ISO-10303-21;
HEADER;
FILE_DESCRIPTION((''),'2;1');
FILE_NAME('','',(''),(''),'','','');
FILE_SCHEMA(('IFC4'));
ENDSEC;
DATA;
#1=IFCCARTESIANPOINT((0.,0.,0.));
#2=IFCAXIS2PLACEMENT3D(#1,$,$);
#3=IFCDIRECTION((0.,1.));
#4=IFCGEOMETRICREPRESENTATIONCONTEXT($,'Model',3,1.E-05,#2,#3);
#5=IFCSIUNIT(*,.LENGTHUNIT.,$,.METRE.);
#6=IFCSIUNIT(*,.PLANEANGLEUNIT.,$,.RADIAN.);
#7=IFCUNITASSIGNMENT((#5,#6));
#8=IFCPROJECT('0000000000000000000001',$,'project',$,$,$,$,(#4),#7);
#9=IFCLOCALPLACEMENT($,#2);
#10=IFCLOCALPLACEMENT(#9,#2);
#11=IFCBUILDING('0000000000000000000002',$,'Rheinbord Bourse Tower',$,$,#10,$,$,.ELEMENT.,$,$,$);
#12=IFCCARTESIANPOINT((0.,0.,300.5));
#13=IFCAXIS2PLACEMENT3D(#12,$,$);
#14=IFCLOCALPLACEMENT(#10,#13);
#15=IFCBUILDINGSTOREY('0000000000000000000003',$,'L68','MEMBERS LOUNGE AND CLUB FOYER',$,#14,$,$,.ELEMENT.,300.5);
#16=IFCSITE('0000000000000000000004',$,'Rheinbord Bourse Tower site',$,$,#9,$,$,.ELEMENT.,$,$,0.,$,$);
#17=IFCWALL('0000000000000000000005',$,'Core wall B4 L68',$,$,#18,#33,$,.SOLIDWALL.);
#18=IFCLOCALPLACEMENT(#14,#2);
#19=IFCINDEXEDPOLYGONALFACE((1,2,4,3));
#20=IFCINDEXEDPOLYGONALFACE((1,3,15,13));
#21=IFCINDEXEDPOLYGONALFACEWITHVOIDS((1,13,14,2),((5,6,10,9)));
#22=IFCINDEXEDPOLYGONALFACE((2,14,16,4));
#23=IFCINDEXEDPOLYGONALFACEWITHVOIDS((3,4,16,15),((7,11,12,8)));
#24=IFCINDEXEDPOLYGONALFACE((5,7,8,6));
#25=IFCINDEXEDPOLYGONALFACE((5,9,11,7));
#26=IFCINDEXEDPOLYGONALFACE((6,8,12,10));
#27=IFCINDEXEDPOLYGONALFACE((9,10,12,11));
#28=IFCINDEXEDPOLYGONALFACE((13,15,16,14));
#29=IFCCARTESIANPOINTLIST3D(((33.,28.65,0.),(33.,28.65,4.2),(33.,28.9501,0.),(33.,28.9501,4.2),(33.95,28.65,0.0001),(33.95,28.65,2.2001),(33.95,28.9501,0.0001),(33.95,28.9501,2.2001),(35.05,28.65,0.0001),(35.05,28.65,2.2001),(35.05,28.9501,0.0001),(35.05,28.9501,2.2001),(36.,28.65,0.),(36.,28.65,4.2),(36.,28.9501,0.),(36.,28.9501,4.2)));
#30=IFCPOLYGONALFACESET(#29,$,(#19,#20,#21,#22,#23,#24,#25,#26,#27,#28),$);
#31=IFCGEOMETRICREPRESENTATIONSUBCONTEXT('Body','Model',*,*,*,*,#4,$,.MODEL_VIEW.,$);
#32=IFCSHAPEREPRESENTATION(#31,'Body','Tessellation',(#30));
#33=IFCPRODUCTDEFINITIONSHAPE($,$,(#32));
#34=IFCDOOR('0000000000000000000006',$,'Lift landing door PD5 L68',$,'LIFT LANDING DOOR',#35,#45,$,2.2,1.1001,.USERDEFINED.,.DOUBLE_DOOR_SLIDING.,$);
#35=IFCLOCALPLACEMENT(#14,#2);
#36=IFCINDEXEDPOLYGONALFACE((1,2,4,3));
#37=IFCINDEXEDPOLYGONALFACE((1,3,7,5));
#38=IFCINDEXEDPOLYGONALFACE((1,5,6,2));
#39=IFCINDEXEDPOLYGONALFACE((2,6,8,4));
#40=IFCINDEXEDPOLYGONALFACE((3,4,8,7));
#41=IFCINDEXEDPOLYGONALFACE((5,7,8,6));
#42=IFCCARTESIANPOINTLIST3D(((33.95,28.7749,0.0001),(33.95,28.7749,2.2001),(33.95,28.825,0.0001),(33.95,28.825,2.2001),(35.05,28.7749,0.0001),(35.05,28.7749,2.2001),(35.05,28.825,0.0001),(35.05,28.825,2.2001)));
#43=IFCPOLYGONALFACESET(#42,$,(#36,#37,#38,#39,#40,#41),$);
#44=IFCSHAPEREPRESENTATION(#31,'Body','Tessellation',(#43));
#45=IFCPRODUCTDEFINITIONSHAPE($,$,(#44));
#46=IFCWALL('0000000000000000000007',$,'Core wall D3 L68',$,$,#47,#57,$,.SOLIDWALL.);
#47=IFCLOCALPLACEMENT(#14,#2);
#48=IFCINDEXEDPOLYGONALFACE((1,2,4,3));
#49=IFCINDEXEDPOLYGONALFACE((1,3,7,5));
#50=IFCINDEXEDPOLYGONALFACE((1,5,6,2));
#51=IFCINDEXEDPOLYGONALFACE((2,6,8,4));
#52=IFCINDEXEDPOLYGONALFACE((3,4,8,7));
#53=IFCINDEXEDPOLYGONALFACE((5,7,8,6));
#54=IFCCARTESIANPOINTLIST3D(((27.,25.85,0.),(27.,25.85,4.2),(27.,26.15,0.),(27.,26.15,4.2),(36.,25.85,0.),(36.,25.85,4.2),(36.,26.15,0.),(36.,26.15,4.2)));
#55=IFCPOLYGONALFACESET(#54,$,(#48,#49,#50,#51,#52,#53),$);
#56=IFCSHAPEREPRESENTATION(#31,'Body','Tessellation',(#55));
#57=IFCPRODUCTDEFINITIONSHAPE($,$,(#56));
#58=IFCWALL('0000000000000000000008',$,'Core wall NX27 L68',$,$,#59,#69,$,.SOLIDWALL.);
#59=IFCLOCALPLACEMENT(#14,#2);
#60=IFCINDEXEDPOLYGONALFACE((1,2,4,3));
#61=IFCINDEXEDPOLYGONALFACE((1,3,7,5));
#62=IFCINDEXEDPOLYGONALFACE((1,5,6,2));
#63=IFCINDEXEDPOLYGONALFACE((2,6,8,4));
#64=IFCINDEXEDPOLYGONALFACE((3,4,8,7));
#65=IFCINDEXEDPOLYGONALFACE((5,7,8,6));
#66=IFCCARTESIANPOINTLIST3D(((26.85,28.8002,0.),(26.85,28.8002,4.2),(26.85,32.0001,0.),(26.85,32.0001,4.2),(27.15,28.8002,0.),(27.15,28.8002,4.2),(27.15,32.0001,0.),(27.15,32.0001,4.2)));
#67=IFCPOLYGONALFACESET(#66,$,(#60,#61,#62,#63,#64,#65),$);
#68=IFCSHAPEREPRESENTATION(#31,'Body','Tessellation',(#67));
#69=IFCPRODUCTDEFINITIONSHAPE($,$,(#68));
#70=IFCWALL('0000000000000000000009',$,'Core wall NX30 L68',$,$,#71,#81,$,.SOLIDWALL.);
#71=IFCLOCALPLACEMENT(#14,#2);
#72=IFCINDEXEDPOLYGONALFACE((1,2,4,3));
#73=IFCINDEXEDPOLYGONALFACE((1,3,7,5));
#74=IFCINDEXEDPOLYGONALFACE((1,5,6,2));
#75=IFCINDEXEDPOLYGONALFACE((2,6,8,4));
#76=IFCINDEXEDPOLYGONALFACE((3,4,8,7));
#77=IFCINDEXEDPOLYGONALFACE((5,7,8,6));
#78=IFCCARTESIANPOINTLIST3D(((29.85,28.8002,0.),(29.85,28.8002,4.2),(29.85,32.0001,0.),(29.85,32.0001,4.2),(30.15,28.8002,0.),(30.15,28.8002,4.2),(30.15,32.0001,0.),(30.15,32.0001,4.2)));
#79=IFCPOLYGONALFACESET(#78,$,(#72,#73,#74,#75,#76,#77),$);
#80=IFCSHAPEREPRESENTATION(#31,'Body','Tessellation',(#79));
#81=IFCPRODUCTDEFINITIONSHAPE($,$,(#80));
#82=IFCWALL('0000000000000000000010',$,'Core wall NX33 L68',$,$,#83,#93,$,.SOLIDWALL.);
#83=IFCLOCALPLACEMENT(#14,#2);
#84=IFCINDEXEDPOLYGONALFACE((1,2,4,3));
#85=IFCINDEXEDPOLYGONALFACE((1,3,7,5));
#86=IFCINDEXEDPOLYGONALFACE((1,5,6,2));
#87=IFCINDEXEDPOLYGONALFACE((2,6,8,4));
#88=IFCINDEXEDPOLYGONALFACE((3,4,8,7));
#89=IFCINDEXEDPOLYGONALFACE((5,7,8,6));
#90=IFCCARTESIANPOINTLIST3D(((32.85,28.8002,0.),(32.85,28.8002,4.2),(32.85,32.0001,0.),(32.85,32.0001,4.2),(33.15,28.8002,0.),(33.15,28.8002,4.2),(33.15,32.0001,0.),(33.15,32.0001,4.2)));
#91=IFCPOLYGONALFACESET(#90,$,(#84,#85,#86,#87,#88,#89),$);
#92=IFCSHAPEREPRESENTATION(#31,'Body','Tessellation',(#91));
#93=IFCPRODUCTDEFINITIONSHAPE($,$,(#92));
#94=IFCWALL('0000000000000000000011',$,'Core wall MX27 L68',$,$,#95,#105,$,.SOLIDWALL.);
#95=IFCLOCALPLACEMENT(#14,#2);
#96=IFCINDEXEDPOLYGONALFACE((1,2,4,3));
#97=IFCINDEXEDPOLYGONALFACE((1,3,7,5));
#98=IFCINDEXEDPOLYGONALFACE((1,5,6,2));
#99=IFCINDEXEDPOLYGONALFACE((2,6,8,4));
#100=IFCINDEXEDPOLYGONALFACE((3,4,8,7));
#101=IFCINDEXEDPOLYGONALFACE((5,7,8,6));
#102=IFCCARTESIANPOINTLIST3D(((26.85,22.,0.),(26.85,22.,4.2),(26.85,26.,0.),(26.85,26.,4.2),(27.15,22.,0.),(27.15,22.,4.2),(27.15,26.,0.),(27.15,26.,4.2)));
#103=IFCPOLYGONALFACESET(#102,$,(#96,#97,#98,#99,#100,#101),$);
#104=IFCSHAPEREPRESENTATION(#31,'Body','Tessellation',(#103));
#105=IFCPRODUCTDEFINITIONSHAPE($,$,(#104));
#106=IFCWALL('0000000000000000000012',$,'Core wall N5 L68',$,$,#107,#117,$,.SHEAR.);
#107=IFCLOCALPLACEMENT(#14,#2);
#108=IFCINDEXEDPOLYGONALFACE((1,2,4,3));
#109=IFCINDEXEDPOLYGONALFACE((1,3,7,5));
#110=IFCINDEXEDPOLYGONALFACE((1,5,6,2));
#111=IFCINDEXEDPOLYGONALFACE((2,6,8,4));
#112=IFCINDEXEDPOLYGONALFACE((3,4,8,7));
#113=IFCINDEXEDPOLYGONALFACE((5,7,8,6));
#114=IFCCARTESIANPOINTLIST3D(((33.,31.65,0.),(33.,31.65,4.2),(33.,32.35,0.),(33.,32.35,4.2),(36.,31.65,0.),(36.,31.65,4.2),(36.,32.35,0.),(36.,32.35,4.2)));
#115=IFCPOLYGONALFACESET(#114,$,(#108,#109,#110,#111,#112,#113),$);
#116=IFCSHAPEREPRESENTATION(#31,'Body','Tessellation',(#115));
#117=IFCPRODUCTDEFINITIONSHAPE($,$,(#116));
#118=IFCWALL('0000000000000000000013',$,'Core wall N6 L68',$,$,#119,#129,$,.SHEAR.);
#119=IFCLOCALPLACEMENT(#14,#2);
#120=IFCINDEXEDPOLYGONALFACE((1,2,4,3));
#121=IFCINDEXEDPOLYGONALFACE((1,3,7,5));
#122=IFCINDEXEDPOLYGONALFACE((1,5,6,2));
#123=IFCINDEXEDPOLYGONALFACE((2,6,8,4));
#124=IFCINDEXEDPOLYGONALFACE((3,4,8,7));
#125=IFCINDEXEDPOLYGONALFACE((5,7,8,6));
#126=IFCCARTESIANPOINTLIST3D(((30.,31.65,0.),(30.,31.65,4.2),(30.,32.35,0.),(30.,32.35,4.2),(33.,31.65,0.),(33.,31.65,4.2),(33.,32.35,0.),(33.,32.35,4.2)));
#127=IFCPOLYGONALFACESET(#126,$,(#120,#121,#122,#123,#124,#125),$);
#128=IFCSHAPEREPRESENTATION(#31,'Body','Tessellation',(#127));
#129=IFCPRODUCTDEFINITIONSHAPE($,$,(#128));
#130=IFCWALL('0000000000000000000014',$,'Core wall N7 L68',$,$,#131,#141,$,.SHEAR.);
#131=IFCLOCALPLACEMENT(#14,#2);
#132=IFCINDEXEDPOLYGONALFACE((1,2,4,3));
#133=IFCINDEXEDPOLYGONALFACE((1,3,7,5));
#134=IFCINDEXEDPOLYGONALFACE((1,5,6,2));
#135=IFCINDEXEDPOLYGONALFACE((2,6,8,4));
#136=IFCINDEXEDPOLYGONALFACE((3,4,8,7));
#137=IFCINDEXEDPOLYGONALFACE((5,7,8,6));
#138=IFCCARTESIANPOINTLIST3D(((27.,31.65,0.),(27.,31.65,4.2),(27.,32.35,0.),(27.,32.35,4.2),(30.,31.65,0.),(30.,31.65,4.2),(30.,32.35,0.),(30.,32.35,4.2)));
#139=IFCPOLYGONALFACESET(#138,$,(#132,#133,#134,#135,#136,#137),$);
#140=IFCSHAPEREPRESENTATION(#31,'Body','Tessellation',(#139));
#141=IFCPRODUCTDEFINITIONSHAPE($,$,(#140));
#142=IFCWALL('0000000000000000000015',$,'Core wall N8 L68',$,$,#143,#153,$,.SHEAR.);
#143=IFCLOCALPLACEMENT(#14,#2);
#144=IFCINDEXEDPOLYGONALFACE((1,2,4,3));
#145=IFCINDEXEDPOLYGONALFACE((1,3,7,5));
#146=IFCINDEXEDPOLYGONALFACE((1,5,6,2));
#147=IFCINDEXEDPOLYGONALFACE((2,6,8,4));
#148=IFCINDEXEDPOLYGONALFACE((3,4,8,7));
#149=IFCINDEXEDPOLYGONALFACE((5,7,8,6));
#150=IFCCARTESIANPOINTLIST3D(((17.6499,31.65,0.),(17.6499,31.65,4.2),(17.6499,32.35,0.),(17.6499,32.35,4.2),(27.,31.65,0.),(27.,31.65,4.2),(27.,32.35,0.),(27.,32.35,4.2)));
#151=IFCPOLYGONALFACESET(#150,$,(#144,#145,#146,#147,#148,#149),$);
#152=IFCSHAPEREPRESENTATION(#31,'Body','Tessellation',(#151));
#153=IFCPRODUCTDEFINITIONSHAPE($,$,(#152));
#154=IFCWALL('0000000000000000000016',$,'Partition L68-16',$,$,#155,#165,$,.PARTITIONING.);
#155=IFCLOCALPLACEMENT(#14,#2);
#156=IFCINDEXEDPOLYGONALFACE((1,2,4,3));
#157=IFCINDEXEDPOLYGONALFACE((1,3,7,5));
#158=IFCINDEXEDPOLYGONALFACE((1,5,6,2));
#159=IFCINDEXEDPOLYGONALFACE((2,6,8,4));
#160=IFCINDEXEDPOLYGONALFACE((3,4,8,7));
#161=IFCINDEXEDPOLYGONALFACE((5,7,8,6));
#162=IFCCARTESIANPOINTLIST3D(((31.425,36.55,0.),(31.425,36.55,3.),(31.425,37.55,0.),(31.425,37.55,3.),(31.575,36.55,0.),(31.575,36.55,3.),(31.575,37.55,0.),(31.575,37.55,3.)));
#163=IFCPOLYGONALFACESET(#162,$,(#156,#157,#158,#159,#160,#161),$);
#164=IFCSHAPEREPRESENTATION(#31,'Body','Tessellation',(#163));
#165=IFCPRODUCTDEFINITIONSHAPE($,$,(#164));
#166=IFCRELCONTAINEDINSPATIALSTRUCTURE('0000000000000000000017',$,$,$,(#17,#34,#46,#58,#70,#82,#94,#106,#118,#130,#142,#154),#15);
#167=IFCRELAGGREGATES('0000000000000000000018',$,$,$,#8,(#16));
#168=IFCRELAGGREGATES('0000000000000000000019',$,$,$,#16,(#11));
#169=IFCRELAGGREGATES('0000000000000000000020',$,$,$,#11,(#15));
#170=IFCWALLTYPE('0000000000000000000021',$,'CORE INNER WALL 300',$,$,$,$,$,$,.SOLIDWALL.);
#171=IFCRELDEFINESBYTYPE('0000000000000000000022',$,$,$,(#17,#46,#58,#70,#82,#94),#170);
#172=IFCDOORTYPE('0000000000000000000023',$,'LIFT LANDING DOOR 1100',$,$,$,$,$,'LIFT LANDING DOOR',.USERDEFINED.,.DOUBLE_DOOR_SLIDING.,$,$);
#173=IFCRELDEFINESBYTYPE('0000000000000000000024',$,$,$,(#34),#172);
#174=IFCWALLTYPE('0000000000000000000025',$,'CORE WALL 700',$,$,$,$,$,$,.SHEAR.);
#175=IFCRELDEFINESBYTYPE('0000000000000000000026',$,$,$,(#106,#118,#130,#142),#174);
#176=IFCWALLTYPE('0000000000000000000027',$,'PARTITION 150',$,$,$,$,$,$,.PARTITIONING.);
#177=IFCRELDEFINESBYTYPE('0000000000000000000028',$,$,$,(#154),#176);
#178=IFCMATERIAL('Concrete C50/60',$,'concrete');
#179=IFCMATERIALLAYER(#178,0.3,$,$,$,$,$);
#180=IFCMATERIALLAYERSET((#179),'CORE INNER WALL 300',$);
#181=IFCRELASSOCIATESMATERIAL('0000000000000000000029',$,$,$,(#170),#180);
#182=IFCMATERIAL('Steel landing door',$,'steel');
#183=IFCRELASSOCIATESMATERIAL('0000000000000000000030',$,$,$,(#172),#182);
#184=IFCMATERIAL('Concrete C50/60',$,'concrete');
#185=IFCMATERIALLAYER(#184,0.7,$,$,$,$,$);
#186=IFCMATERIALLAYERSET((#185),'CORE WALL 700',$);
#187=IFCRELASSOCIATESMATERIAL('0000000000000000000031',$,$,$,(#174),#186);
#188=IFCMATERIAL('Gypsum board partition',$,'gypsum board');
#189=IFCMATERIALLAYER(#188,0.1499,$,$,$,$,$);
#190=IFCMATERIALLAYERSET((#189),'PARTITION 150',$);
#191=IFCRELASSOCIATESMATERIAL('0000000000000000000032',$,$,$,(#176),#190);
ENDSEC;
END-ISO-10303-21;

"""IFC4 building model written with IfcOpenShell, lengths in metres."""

from ifc_helpers import new_model, si_unit, direction, frame, frame_2d, origin, place, context, subcontext, project, spatial, rectangle, extrude, material, layer, layer_set, type_object, element, fill, save


model = new_model("IFC4")

# Units and contexts
model_context = context("Model", 3, precision=1e-05, world=origin(), true_north=direction((0.0, 1.0)))
body_context = subcontext(model_context, "Body", "Model", "MODEL_VIEW")
ifc_project = project(units=[si_unit("LENGTHUNIT", "METRE"), si_unit("PLANEANGLEUNIT", "RADIAN")], contexts=[model_context])

# Site, building, storey
site_placement = place(None, origin())
site = spatial("IfcSite", under=ifc_project, at=site_placement, Name="Rheinbord Bourse Tower site", CompositionType="ELEMENT", RefElevation=0.0)
building_placement = place(site_placement, origin())
building = spatial("IfcBuilding", under=site, at=building_placement, Name="Rheinbord Bourse Tower", CompositionType="ELEMENT")
storey_placement = place(building_placement, frame((0.0, 0.0, 300.5)))
storey = spatial("IfcBuildingStorey", under=building, at=storey_placement, Name="L68", Description="MEMBERS LOUNGE AND CLUB FOYER", CompositionType="ELEMENT", Elevation=300.5)

# Wall, opening, door
ifc_material_1 = material(Name="Concrete C50/60", Category="concrete")
ifc_layer_1 = layer(ifc_material_1, 0.3)
ifc_layer_set_1 = layer_set([ifc_layer_1], Name="CORE INNER WALL 300")
wall_type_1 = type_object("IfcWallType", Name="CORE INNER WALL 300", PredefinedType="SOLIDWALL", material=ifc_layer_set_1)
ifc_material_2 = material(Name="Steel landing door", Category="steel")
door_type_1 = type_object("IfcDoorType", Name="LIFT LANDING DOOR 1100", ElementType="LIFT LANDING DOOR", OperationType="DOUBLE_DOOR_SLIDING", PredefinedType="USERDEFINED", material=ifc_material_2)
wall_1_placement = place(storey_placement, frame((33.0, 28.8, 0.0), z_axis=(0.0, 0.0, 1.0), x_axis=(1.0, 0.0, 0.0)))
wall_1 = element("IfcWall", 1, at=wall_1_placement, inside=storey, type_object=wall_type_1, Name="Core wall B4 L68", PredefinedType="SOLIDWALL", context=body_context, shape_type="SweptSolid", body=[
    extrude(rectangle(XDim=3.0, YDim=0.3, at=frame_2d((1.5, 0.0))), origin(), (0.0, 0.0, 1.0), 4.2),
])
opening_1_placement = place(wall_1_placement, frame((0.95, 0.0, 0.0)))
opening_1 = element("IfcOpeningElement", 2, at=opening_1_placement, cuts=wall_1, PredefinedType="OPENING", context=body_context, shape_type="SweptSolid", body=[
    extrude(rectangle(XDim=1.1001, YDim=2.2, at=frame_2d((0.55, 1.1001))), frame((0.0, 0.1599, 0.0), z_axis=(0.0, -1.0, 0.0), x_axis=(1.0, 0.0, 0.0)), (0.0, 0.0, 1.0), 0.3201),
])
door_1_placement = place(opening_1_placement, origin())
door_1 = element("IfcDoor", 3, at=door_1_placement, inside=storey, type_object=door_type_1, Name="Lift landing door PD5 L68", ObjectType="LIFT LANDING DOOR", OperationType="DOUBLE_DOOR_SLIDING", OverallHeight=2.2, OverallWidth=1.1001, PredefinedType="USERDEFINED", context=body_context, shape_type="SweptSolid", body=[
    extrude(rectangle(XDim=1.1001, YDim=2.2, at=frame_2d((0.55, 1.1001))), frame((0.0, 0.0249, 0.0), z_axis=(0.0, -1.0, 0.0), x_axis=(1.0, 0.0, 0.0)), (0.0, 0.0, 1.0), 0.05),
])
fill(opening_1, door_1)

# Walls
wall_2_placement = place(storey_placement, frame((27.0, 26.0, 0.0), z_axis=(0.0, 0.0, 1.0), x_axis=(1.0, 0.0, 0.0)))
element("IfcWall", 4, at=wall_2_placement, inside=storey, type_object=wall_type_1, Name="Core wall D3 L68", PredefinedType="SOLIDWALL", context=body_context, shape_type="SweptSolid", body=[
    extrude(rectangle(XDim=9.0, YDim=0.3, at=frame_2d((4.5, 0.0))), origin(), (0.0, 0.0, 1.0), 4.2),
])
for number, where, z_axis, x_axis, name in (
    (5, (27.0, 28.8, 0.0), (0.0, 0.0, 1.0), (0.0, 1.0, 0.0), "Core wall NX27 L68"),
    (6, (30.0, 28.8, 0.0), (0.0, 0.0, 1.0), (0.0, 1.0, 0.0), "Core wall NX30 L68"),
    (7, (33.0, 28.8, 0.0), (0.0, 0.0, 1.0), (0.0, 1.0, 0.0), "Core wall NX33 L68"),
):
    element("IfcWall", number, at=place(storey_placement, frame(where, z_axis=z_axis, x_axis=x_axis)), inside=storey, type_object=wall_type_1, Name=name, PredefinedType="SOLIDWALL", context=body_context, shape_type="SweptSolid", body=[
        extrude(rectangle(XDim=3.2, YDim=0.3, at=frame_2d((1.6001, 0.0))), origin(), (0.0, 0.0, 1.0), 4.2),
    ])
wall_3_placement = place(storey_placement, frame((27.0, 22.0, 0.0), z_axis=(0.0, 0.0, 1.0), x_axis=(0.0, 1.0, 0.0)))
element("IfcWall", 8, at=wall_3_placement, inside=storey, type_object=wall_type_1, Name="Core wall MX27 L68", PredefinedType="SOLIDWALL", context=body_context, shape_type="SweptSolid", body=[
    extrude(rectangle(XDim=4.0, YDim=0.3, at=frame_2d((2.0, 0.0))), origin(), (0.0, 0.0, 1.0), 4.2),
])
ifc_material_3 = material(Name="Concrete C50/60", Category="concrete")
ifc_layer_2 = layer(ifc_material_3, 0.7)
ifc_layer_set_2 = layer_set([ifc_layer_2], Name="CORE WALL 700")
wall_type_2 = type_object("IfcWallType", Name="CORE WALL 700", PredefinedType="SHEAR", material=ifc_layer_set_2)
for number, where, z_axis, x_axis, name in (
    (9, (36.0, 32.0, 0.0), (0.0, 0.0, 1.0), (-1.0, 0.0, 0.0), "Core wall N5 L68"),
    (10, (33.0, 32.0, 0.0), (0.0, 0.0, 1.0), (-1.0, 0.0, 0.0), "Core wall N6 L68"),
    (11, (30.0, 32.0, 0.0), (0.0, 0.0, 1.0), (-1.0, 0.0, 0.0), "Core wall N7 L68"),
):
    element("IfcWall", number, at=place(storey_placement, frame(where, z_axis=z_axis, x_axis=x_axis)), inside=storey, type_object=wall_type_2, Name=name, PredefinedType="SHEAR", context=body_context, shape_type="SweptSolid", body=[
        extrude(rectangle(XDim=3.0, YDim=0.7, at=frame_2d((1.5, 0.0))), origin(), (0.0, 0.0, 1.0), 4.2),
    ])
wall_4_placement = place(storey_placement, frame((27.0, 32.0, 0.0), z_axis=(0.0, 0.0, 1.0), x_axis=(-1.0, 0.0, 0.0)))
element("IfcWall", 12, at=wall_4_placement, inside=storey, type_object=wall_type_2, Name="Core wall N8 L68", PredefinedType="SHEAR", context=body_context, shape_type="SweptSolid", body=[
    extrude(rectangle(XDim=9.3501, YDim=0.7, at=frame_2d((4.675, 0.0))), origin(), (0.0, 0.0, 1.0), 4.2),
])
ifc_material_4 = material(Name="Gypsum board partition", Category="gypsum board")
ifc_layer_3 = layer(ifc_material_4, 0.1499)
ifc_layer_set_3 = layer_set([ifc_layer_3], Name="PARTITION 150")
wall_type_3 = type_object("IfcWallType", Name="PARTITION 150", PredefinedType="PARTITIONING", material=ifc_layer_set_3)
wall_5_placement = place(storey_placement, frame((31.5, 36.55, 0.0), z_axis=(0.0, 0.0, 1.0), x_axis=(0.0, 1.0, 0.0)))
element("IfcWall", 13, at=wall_5_placement, inside=storey, type_object=wall_type_3, Name="Partition L68-16", PredefinedType="PARTITIONING", context=body_context, shape_type="SweptSolid", body=[
    extrude(rectangle(XDim=1.0, YDim=0.1499, at=frame_2d((0.5, 0.0))), origin(), (0.0, 0.0, 1.0), 3.0),
])

save(model, "model.ifc")
